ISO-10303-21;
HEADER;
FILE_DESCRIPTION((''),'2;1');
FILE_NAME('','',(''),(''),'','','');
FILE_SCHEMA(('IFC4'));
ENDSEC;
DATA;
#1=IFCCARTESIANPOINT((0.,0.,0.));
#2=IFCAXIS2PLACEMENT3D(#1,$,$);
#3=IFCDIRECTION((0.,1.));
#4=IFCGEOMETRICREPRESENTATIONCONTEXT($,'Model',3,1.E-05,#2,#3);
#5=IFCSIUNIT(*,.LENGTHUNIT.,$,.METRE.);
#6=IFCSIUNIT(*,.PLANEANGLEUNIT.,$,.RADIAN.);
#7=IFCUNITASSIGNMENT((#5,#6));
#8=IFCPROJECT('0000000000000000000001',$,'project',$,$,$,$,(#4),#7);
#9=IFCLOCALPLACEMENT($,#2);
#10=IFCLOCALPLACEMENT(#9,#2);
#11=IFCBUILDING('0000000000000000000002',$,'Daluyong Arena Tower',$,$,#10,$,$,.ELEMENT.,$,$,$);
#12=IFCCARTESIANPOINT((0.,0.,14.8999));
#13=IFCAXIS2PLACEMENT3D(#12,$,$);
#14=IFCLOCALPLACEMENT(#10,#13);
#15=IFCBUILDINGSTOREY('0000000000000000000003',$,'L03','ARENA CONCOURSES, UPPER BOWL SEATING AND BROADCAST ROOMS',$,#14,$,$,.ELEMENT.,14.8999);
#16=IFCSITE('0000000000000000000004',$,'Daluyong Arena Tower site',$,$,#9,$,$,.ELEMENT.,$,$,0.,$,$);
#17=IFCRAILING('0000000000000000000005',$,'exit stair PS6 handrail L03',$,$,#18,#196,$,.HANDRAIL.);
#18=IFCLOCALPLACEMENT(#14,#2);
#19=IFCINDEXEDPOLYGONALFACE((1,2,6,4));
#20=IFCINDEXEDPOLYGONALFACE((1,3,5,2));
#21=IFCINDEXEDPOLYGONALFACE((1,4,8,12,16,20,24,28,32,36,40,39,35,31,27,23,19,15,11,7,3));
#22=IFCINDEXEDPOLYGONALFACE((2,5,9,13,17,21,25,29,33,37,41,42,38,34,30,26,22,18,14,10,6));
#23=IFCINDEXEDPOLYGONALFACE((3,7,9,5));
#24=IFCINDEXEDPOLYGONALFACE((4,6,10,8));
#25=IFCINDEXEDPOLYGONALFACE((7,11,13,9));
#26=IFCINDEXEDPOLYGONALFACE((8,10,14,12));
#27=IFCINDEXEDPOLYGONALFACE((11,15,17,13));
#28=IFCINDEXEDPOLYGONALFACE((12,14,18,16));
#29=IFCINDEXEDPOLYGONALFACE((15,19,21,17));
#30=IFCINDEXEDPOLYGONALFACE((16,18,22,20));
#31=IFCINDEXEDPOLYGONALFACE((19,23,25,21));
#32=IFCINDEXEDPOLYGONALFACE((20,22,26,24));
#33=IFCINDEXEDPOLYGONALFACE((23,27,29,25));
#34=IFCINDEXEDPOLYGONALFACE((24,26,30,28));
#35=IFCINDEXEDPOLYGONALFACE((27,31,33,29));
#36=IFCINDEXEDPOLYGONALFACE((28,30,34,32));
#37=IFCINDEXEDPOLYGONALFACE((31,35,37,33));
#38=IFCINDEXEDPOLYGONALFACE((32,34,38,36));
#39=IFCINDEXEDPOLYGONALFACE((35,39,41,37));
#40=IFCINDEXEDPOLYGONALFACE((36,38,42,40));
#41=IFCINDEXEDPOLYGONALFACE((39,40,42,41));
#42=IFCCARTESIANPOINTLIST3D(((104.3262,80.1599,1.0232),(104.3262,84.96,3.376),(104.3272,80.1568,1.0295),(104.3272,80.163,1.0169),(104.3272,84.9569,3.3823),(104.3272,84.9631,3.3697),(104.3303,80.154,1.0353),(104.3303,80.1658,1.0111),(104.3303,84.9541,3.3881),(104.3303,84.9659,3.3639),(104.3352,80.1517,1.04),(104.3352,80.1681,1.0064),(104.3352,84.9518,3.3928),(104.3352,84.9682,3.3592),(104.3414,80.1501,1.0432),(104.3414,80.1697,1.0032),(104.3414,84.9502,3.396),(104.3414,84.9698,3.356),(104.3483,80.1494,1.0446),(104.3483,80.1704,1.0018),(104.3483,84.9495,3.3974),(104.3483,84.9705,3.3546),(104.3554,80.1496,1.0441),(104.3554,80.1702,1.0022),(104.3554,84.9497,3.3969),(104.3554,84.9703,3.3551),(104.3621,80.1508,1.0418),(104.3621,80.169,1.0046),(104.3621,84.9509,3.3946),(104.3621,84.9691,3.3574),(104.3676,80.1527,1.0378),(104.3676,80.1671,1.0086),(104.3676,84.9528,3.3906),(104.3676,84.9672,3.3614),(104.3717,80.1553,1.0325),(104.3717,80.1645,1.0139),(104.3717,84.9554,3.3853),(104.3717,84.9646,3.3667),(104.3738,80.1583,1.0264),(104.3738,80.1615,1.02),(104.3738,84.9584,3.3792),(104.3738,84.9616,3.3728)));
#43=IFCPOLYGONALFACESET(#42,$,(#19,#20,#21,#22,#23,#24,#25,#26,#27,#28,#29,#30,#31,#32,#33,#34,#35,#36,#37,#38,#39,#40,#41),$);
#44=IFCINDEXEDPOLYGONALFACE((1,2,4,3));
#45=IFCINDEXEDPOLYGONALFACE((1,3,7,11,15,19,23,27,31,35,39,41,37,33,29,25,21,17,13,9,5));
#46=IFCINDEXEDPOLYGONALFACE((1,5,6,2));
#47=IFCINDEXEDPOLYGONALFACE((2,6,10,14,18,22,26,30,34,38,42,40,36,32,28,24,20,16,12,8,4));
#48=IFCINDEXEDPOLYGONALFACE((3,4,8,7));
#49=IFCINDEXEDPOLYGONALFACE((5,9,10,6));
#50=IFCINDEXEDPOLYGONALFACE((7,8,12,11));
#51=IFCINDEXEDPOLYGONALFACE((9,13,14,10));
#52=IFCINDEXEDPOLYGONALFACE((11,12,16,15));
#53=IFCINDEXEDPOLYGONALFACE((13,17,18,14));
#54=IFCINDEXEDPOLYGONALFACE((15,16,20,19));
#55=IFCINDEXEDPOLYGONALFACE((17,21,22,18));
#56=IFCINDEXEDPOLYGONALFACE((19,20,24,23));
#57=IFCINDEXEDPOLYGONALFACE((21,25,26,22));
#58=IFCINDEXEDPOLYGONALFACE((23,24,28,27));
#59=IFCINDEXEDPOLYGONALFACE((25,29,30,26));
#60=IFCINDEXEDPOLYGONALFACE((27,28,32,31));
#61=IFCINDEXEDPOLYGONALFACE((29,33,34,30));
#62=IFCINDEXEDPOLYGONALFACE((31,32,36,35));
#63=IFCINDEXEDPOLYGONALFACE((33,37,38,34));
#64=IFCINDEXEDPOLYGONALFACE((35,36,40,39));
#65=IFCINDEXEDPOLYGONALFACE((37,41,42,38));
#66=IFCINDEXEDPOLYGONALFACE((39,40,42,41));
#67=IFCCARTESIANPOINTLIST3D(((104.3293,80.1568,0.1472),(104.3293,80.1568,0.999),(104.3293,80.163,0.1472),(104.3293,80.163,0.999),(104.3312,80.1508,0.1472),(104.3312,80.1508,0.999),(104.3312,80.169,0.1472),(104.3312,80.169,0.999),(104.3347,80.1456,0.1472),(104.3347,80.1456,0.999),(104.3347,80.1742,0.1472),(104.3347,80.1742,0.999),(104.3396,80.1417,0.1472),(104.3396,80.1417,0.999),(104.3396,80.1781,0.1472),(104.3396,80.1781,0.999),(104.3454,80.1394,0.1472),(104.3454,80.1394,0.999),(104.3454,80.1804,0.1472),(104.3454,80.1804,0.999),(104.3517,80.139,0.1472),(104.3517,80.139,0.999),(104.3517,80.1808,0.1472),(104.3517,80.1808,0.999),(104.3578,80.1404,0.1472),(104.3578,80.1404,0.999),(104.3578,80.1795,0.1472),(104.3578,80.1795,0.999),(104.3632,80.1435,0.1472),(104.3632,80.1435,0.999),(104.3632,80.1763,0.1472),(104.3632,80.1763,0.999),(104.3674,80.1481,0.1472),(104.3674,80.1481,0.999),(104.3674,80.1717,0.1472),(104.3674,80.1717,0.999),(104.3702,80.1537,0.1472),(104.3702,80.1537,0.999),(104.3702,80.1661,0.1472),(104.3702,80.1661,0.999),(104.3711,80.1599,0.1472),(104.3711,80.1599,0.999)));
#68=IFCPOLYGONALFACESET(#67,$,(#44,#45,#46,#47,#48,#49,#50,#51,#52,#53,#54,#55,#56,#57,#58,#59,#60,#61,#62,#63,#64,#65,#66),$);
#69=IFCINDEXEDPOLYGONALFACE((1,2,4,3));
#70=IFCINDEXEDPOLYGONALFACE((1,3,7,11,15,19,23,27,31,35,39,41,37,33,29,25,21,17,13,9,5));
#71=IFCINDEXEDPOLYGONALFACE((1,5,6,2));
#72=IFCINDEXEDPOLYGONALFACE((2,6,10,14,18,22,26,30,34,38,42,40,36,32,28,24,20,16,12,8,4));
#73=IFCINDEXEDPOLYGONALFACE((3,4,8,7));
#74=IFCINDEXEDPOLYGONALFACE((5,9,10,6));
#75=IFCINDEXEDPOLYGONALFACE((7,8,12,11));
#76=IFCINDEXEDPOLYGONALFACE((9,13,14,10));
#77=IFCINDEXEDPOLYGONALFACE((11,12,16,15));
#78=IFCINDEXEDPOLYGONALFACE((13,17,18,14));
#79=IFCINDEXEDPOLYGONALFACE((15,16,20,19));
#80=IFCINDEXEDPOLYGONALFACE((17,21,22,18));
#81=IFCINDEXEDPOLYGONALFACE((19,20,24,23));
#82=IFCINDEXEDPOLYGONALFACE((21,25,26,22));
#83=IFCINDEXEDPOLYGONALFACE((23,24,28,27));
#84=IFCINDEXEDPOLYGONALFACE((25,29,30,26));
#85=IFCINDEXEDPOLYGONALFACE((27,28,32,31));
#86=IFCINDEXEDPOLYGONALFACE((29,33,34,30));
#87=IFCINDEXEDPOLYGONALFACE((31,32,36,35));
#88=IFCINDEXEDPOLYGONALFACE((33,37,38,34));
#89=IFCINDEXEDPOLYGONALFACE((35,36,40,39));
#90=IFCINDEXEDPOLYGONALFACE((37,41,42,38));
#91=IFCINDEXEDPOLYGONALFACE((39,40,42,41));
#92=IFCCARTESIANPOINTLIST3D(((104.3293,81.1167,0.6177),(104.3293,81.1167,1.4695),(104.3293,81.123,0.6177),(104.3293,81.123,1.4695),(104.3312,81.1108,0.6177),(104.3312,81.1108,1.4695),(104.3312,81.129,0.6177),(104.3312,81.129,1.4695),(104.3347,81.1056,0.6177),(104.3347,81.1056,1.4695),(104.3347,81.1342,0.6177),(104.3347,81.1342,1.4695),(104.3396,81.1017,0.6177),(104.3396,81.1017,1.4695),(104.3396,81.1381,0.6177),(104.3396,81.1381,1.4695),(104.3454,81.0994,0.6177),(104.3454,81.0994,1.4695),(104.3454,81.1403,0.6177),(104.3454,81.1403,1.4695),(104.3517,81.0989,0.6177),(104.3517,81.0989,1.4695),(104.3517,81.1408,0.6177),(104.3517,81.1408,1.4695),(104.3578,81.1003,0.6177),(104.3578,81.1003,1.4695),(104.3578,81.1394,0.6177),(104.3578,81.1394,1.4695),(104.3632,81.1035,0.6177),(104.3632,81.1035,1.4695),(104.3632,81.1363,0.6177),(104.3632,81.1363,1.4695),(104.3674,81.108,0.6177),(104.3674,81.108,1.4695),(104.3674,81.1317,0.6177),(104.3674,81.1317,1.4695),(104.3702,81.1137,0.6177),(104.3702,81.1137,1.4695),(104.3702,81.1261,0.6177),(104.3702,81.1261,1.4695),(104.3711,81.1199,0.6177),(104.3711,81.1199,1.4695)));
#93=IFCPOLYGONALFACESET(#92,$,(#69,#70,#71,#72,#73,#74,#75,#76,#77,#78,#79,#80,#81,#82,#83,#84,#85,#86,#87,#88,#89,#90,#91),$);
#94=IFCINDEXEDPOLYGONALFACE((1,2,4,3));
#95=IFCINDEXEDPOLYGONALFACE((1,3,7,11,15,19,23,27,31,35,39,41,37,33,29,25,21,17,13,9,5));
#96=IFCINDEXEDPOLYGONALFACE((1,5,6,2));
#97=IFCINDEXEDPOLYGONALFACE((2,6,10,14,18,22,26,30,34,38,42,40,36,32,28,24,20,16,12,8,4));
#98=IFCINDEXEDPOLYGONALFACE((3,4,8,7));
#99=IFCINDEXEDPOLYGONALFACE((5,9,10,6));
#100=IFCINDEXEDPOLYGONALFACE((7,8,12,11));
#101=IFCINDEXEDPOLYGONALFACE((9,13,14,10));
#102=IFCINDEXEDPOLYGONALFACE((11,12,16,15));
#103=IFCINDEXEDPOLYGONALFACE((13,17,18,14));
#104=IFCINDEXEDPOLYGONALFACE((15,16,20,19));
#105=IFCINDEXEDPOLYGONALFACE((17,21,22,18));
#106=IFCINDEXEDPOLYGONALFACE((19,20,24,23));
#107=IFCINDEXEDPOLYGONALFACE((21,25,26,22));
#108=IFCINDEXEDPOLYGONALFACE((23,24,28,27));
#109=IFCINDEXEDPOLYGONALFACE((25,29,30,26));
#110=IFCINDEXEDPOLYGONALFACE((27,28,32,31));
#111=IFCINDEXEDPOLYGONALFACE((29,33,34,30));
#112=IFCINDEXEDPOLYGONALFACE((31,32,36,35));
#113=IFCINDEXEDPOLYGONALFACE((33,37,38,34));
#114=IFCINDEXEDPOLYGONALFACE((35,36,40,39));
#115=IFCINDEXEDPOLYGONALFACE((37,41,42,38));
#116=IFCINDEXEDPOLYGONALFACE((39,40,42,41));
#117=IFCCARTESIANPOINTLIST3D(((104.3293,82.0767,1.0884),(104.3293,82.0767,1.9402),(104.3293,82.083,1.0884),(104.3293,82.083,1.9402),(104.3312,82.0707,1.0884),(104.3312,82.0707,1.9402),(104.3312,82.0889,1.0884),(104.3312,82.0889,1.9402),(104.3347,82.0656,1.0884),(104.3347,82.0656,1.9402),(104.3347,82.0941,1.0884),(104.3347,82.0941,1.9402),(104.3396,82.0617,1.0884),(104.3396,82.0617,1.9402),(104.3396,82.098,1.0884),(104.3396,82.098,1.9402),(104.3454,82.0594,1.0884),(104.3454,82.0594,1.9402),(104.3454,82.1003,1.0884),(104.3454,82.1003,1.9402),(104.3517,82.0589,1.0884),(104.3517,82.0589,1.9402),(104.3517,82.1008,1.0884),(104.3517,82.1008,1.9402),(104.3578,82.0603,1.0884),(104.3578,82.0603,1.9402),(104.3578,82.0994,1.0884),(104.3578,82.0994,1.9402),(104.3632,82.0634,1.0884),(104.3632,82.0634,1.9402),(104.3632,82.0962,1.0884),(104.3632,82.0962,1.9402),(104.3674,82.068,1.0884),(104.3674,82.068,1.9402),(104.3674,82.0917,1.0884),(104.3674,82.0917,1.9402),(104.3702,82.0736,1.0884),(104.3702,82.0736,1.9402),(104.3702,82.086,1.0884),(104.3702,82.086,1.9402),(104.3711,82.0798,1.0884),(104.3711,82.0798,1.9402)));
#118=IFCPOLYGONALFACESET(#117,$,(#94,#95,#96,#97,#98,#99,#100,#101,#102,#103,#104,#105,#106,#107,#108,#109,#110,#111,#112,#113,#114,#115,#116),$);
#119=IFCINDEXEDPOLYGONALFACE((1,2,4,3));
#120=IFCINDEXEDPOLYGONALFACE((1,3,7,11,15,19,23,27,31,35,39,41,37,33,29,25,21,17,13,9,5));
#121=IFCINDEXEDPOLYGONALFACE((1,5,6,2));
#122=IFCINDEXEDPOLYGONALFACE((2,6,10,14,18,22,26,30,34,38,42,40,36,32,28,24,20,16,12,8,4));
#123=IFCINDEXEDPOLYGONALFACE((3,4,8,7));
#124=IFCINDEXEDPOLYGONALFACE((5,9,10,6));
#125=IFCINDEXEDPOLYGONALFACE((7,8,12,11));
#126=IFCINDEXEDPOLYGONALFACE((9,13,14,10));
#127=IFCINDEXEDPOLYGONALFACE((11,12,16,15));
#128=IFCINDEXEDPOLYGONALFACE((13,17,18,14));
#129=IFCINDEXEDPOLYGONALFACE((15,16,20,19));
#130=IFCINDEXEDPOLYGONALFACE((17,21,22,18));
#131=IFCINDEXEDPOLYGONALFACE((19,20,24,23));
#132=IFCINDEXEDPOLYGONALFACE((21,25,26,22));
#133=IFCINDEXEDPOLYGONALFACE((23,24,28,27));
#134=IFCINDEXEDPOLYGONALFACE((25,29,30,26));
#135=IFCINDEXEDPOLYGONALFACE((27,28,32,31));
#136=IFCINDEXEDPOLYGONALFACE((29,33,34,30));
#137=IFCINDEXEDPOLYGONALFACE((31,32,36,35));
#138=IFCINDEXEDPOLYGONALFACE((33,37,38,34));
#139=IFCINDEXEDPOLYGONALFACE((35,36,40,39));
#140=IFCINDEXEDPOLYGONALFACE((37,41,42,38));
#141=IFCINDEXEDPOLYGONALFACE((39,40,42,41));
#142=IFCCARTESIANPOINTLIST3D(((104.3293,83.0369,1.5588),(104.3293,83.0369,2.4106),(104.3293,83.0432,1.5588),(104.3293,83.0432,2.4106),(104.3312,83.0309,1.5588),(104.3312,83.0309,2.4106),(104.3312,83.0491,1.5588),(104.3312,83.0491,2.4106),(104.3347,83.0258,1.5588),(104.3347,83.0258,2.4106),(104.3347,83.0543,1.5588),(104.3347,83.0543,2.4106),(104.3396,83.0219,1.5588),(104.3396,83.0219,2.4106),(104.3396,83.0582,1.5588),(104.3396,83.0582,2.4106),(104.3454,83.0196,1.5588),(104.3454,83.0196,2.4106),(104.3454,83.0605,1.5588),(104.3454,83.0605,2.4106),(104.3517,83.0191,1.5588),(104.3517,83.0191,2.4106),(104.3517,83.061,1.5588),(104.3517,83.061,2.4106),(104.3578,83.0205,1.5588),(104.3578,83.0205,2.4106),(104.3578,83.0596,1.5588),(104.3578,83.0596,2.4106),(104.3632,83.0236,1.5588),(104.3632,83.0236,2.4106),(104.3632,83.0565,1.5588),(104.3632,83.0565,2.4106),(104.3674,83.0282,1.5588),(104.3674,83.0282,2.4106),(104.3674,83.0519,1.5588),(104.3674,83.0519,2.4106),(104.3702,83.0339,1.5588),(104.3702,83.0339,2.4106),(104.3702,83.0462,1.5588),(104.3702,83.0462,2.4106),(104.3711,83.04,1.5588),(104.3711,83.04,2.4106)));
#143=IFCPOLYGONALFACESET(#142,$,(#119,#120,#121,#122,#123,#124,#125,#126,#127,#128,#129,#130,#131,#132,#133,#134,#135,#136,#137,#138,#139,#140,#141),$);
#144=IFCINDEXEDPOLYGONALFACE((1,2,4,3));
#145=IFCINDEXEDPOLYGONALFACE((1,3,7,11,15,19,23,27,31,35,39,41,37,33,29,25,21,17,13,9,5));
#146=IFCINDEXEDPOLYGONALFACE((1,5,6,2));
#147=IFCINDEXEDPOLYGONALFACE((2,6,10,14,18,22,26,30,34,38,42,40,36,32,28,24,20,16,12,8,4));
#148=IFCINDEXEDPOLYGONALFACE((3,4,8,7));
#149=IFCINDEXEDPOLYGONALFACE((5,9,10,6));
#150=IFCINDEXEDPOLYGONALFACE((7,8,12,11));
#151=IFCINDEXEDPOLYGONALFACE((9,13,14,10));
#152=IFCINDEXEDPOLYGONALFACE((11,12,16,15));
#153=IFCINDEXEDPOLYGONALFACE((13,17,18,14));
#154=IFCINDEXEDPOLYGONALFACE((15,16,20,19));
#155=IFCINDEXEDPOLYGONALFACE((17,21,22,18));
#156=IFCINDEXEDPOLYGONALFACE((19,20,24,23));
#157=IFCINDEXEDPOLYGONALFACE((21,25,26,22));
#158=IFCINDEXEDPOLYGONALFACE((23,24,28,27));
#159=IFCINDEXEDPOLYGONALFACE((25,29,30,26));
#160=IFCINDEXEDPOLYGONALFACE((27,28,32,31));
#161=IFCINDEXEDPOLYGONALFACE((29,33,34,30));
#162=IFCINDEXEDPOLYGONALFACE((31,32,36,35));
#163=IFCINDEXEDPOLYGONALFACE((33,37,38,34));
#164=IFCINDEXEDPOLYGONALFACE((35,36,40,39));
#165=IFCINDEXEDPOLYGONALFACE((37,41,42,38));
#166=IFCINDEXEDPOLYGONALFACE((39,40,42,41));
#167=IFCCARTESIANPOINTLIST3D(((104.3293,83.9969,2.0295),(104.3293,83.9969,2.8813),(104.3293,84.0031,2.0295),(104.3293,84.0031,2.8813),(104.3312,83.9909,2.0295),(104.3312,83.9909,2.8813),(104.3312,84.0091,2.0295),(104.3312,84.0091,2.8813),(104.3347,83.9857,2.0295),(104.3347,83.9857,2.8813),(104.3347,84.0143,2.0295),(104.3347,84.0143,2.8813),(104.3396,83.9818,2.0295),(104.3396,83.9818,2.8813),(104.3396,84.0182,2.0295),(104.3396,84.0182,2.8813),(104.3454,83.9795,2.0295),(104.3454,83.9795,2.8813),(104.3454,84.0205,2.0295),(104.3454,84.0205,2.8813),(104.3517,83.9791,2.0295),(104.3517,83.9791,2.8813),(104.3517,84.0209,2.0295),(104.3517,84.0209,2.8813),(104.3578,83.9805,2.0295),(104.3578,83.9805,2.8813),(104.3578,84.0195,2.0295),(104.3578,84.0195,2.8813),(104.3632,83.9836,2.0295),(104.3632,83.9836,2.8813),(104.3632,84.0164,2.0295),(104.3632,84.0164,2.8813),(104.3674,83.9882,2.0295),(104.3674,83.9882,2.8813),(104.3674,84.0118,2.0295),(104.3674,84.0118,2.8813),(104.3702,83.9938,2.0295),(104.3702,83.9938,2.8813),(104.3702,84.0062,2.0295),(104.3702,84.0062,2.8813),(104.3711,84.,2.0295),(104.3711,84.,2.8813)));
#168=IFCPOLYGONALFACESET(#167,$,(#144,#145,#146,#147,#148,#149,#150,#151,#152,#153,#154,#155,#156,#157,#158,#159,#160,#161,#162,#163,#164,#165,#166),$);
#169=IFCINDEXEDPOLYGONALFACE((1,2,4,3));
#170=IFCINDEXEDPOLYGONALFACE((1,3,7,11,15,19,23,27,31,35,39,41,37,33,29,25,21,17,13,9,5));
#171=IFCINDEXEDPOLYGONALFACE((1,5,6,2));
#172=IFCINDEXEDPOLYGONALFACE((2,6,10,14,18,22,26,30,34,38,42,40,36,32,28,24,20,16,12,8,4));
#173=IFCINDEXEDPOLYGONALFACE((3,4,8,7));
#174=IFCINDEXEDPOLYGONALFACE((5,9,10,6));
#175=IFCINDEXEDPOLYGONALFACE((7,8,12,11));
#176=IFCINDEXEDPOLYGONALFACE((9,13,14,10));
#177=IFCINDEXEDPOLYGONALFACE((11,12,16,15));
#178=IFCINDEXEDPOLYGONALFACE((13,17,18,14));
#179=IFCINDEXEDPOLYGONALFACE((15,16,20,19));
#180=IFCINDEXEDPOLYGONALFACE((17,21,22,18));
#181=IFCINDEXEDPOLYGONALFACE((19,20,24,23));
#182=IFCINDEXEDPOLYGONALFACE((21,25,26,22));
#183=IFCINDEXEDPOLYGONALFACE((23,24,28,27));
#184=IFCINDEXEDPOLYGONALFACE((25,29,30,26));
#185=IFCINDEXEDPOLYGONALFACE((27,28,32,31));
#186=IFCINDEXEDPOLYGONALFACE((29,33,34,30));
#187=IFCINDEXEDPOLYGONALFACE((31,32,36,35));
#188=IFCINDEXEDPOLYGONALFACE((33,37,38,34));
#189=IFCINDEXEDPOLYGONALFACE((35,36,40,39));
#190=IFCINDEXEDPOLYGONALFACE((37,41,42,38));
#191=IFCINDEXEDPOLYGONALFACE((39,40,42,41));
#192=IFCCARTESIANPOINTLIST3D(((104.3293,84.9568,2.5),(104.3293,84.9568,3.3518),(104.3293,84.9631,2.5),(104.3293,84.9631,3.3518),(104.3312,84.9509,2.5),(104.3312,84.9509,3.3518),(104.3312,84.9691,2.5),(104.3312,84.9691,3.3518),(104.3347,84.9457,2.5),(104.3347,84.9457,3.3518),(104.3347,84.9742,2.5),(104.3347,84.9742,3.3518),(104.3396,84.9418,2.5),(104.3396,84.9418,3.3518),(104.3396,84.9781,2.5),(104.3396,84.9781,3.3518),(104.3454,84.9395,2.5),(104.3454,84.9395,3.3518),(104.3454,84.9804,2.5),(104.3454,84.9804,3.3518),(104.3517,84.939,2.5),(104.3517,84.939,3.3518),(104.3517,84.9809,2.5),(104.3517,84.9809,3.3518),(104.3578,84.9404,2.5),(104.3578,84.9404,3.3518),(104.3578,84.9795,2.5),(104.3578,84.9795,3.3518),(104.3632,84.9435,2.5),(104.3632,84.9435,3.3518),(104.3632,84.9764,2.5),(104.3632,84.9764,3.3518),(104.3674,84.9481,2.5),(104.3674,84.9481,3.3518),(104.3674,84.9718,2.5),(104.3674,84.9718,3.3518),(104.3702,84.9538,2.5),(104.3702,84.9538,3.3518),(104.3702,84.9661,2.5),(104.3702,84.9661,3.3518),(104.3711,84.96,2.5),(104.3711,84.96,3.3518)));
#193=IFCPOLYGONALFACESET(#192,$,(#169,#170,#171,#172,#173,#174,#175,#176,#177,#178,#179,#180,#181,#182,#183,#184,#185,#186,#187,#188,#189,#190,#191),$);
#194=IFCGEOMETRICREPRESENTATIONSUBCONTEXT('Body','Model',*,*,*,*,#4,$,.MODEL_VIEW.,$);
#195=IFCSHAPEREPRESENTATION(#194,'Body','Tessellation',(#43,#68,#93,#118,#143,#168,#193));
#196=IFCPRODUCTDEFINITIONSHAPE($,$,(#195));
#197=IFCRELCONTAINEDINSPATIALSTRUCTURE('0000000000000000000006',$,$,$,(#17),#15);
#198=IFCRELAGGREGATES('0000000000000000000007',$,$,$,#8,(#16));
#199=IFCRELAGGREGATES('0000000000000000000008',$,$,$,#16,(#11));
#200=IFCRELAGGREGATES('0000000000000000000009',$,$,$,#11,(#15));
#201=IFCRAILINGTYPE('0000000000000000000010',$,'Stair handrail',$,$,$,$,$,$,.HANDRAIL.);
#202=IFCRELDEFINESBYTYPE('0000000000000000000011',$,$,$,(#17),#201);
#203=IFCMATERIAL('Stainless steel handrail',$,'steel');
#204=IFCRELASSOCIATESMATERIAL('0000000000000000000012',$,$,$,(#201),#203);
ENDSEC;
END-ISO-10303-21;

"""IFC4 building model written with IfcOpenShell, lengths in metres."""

from ifc_helpers import new_model, si_unit, direction, frame, origin, origin_2d, place, context, subcontext, project, spatial, circle, extrude, material, type_object, element, save


model = new_model("IFC4")

# Units and contexts
model_context = context("Model", 3, precision=1e-05, world=origin(), true_north=direction((0.0, 1.0)))
body_context = subcontext(model_context, "Body", "Model", "MODEL_VIEW")
ifc_project = project(units=[si_unit("LENGTHUNIT", "METRE"), si_unit("PLANEANGLEUNIT", "RADIAN")], contexts=[model_context])

# Site, building, storey
site_placement = place(None, origin())
site = spatial("IfcSite", under=ifc_project, at=site_placement, Name="Daluyong Arena Tower site", CompositionType="ELEMENT", RefElevation=0.0)
building_placement = place(site_placement, origin())
building = spatial("IfcBuilding", under=site, at=building_placement, Name="Daluyong Arena Tower", CompositionType="ELEMENT")
storey_placement = place(building_placement, frame((0.0, 0.0, 14.8999)))
storey = spatial("IfcBuildingStorey", under=building, at=storey_placement, Name="L03", Description="ARENA CONCOURSES, UPPER BOWL SEATING AND BROADCAST ROOMS", CompositionType="ELEMENT", Elevation=14.8999)

# Railing
ifc_material_1 = material(Name="Stainless steel handrail", Category="steel")
railing_type_1 = type_object("IfcRailingType", Name="Stair handrail", PredefinedType="HANDRAIL", material=ifc_material_1)
railing_1_placement = place(storey_placement, frame((104.3501, 80.1599, 0.1472)))
element("IfcRailing", 1, at=railing_1_placement, inside=storey, type_object=railing_type_1, Name="exit stair PS6 handrail L03", PredefinedType="HANDRAIL", context=body_context, shape_type="SweptSolid", body=[
    extrude(circle(Radius=0.0239, at=origin_2d()), frame((0.0, 0.0, 0.876), z_axis=(0.0, 0.897934, 0.44013), x_axis=(-1.0, 0.0, 0.0)), (0.0, 0.0, 1.0), 5.3457),
    extrude(circle(Radius=0.021, at=origin_2d()), origin(), (0.0, 0.0, 1.0), 0.8518),
    extrude(circle(Radius=0.021, at=origin_2d()), frame((0.0, 0.96, 0.4705)), (0.0, 0.0, 1.0), 0.8518),
    extrude(circle(Radius=0.021, at=origin_2d()), frame((0.0, 1.9199, 0.9412)), (0.0, 0.0, 1.0), 0.8518),
    extrude(circle(Radius=0.021, at=origin_2d()), frame((0.0, 2.8801, 1.4116)), (0.0, 0.0, 1.0), 0.8518),
    extrude(circle(Radius=0.021, at=origin_2d()), frame((0.0, 3.8401, 1.8823)), (0.0, 0.0, 1.0), 0.8518),
    extrude(circle(Radius=0.021, at=origin_2d()), frame((0.0, 4.8, 2.3528)), (0.0, 0.0, 1.0), 0.8518),
])

save(model, "model.ifc")
